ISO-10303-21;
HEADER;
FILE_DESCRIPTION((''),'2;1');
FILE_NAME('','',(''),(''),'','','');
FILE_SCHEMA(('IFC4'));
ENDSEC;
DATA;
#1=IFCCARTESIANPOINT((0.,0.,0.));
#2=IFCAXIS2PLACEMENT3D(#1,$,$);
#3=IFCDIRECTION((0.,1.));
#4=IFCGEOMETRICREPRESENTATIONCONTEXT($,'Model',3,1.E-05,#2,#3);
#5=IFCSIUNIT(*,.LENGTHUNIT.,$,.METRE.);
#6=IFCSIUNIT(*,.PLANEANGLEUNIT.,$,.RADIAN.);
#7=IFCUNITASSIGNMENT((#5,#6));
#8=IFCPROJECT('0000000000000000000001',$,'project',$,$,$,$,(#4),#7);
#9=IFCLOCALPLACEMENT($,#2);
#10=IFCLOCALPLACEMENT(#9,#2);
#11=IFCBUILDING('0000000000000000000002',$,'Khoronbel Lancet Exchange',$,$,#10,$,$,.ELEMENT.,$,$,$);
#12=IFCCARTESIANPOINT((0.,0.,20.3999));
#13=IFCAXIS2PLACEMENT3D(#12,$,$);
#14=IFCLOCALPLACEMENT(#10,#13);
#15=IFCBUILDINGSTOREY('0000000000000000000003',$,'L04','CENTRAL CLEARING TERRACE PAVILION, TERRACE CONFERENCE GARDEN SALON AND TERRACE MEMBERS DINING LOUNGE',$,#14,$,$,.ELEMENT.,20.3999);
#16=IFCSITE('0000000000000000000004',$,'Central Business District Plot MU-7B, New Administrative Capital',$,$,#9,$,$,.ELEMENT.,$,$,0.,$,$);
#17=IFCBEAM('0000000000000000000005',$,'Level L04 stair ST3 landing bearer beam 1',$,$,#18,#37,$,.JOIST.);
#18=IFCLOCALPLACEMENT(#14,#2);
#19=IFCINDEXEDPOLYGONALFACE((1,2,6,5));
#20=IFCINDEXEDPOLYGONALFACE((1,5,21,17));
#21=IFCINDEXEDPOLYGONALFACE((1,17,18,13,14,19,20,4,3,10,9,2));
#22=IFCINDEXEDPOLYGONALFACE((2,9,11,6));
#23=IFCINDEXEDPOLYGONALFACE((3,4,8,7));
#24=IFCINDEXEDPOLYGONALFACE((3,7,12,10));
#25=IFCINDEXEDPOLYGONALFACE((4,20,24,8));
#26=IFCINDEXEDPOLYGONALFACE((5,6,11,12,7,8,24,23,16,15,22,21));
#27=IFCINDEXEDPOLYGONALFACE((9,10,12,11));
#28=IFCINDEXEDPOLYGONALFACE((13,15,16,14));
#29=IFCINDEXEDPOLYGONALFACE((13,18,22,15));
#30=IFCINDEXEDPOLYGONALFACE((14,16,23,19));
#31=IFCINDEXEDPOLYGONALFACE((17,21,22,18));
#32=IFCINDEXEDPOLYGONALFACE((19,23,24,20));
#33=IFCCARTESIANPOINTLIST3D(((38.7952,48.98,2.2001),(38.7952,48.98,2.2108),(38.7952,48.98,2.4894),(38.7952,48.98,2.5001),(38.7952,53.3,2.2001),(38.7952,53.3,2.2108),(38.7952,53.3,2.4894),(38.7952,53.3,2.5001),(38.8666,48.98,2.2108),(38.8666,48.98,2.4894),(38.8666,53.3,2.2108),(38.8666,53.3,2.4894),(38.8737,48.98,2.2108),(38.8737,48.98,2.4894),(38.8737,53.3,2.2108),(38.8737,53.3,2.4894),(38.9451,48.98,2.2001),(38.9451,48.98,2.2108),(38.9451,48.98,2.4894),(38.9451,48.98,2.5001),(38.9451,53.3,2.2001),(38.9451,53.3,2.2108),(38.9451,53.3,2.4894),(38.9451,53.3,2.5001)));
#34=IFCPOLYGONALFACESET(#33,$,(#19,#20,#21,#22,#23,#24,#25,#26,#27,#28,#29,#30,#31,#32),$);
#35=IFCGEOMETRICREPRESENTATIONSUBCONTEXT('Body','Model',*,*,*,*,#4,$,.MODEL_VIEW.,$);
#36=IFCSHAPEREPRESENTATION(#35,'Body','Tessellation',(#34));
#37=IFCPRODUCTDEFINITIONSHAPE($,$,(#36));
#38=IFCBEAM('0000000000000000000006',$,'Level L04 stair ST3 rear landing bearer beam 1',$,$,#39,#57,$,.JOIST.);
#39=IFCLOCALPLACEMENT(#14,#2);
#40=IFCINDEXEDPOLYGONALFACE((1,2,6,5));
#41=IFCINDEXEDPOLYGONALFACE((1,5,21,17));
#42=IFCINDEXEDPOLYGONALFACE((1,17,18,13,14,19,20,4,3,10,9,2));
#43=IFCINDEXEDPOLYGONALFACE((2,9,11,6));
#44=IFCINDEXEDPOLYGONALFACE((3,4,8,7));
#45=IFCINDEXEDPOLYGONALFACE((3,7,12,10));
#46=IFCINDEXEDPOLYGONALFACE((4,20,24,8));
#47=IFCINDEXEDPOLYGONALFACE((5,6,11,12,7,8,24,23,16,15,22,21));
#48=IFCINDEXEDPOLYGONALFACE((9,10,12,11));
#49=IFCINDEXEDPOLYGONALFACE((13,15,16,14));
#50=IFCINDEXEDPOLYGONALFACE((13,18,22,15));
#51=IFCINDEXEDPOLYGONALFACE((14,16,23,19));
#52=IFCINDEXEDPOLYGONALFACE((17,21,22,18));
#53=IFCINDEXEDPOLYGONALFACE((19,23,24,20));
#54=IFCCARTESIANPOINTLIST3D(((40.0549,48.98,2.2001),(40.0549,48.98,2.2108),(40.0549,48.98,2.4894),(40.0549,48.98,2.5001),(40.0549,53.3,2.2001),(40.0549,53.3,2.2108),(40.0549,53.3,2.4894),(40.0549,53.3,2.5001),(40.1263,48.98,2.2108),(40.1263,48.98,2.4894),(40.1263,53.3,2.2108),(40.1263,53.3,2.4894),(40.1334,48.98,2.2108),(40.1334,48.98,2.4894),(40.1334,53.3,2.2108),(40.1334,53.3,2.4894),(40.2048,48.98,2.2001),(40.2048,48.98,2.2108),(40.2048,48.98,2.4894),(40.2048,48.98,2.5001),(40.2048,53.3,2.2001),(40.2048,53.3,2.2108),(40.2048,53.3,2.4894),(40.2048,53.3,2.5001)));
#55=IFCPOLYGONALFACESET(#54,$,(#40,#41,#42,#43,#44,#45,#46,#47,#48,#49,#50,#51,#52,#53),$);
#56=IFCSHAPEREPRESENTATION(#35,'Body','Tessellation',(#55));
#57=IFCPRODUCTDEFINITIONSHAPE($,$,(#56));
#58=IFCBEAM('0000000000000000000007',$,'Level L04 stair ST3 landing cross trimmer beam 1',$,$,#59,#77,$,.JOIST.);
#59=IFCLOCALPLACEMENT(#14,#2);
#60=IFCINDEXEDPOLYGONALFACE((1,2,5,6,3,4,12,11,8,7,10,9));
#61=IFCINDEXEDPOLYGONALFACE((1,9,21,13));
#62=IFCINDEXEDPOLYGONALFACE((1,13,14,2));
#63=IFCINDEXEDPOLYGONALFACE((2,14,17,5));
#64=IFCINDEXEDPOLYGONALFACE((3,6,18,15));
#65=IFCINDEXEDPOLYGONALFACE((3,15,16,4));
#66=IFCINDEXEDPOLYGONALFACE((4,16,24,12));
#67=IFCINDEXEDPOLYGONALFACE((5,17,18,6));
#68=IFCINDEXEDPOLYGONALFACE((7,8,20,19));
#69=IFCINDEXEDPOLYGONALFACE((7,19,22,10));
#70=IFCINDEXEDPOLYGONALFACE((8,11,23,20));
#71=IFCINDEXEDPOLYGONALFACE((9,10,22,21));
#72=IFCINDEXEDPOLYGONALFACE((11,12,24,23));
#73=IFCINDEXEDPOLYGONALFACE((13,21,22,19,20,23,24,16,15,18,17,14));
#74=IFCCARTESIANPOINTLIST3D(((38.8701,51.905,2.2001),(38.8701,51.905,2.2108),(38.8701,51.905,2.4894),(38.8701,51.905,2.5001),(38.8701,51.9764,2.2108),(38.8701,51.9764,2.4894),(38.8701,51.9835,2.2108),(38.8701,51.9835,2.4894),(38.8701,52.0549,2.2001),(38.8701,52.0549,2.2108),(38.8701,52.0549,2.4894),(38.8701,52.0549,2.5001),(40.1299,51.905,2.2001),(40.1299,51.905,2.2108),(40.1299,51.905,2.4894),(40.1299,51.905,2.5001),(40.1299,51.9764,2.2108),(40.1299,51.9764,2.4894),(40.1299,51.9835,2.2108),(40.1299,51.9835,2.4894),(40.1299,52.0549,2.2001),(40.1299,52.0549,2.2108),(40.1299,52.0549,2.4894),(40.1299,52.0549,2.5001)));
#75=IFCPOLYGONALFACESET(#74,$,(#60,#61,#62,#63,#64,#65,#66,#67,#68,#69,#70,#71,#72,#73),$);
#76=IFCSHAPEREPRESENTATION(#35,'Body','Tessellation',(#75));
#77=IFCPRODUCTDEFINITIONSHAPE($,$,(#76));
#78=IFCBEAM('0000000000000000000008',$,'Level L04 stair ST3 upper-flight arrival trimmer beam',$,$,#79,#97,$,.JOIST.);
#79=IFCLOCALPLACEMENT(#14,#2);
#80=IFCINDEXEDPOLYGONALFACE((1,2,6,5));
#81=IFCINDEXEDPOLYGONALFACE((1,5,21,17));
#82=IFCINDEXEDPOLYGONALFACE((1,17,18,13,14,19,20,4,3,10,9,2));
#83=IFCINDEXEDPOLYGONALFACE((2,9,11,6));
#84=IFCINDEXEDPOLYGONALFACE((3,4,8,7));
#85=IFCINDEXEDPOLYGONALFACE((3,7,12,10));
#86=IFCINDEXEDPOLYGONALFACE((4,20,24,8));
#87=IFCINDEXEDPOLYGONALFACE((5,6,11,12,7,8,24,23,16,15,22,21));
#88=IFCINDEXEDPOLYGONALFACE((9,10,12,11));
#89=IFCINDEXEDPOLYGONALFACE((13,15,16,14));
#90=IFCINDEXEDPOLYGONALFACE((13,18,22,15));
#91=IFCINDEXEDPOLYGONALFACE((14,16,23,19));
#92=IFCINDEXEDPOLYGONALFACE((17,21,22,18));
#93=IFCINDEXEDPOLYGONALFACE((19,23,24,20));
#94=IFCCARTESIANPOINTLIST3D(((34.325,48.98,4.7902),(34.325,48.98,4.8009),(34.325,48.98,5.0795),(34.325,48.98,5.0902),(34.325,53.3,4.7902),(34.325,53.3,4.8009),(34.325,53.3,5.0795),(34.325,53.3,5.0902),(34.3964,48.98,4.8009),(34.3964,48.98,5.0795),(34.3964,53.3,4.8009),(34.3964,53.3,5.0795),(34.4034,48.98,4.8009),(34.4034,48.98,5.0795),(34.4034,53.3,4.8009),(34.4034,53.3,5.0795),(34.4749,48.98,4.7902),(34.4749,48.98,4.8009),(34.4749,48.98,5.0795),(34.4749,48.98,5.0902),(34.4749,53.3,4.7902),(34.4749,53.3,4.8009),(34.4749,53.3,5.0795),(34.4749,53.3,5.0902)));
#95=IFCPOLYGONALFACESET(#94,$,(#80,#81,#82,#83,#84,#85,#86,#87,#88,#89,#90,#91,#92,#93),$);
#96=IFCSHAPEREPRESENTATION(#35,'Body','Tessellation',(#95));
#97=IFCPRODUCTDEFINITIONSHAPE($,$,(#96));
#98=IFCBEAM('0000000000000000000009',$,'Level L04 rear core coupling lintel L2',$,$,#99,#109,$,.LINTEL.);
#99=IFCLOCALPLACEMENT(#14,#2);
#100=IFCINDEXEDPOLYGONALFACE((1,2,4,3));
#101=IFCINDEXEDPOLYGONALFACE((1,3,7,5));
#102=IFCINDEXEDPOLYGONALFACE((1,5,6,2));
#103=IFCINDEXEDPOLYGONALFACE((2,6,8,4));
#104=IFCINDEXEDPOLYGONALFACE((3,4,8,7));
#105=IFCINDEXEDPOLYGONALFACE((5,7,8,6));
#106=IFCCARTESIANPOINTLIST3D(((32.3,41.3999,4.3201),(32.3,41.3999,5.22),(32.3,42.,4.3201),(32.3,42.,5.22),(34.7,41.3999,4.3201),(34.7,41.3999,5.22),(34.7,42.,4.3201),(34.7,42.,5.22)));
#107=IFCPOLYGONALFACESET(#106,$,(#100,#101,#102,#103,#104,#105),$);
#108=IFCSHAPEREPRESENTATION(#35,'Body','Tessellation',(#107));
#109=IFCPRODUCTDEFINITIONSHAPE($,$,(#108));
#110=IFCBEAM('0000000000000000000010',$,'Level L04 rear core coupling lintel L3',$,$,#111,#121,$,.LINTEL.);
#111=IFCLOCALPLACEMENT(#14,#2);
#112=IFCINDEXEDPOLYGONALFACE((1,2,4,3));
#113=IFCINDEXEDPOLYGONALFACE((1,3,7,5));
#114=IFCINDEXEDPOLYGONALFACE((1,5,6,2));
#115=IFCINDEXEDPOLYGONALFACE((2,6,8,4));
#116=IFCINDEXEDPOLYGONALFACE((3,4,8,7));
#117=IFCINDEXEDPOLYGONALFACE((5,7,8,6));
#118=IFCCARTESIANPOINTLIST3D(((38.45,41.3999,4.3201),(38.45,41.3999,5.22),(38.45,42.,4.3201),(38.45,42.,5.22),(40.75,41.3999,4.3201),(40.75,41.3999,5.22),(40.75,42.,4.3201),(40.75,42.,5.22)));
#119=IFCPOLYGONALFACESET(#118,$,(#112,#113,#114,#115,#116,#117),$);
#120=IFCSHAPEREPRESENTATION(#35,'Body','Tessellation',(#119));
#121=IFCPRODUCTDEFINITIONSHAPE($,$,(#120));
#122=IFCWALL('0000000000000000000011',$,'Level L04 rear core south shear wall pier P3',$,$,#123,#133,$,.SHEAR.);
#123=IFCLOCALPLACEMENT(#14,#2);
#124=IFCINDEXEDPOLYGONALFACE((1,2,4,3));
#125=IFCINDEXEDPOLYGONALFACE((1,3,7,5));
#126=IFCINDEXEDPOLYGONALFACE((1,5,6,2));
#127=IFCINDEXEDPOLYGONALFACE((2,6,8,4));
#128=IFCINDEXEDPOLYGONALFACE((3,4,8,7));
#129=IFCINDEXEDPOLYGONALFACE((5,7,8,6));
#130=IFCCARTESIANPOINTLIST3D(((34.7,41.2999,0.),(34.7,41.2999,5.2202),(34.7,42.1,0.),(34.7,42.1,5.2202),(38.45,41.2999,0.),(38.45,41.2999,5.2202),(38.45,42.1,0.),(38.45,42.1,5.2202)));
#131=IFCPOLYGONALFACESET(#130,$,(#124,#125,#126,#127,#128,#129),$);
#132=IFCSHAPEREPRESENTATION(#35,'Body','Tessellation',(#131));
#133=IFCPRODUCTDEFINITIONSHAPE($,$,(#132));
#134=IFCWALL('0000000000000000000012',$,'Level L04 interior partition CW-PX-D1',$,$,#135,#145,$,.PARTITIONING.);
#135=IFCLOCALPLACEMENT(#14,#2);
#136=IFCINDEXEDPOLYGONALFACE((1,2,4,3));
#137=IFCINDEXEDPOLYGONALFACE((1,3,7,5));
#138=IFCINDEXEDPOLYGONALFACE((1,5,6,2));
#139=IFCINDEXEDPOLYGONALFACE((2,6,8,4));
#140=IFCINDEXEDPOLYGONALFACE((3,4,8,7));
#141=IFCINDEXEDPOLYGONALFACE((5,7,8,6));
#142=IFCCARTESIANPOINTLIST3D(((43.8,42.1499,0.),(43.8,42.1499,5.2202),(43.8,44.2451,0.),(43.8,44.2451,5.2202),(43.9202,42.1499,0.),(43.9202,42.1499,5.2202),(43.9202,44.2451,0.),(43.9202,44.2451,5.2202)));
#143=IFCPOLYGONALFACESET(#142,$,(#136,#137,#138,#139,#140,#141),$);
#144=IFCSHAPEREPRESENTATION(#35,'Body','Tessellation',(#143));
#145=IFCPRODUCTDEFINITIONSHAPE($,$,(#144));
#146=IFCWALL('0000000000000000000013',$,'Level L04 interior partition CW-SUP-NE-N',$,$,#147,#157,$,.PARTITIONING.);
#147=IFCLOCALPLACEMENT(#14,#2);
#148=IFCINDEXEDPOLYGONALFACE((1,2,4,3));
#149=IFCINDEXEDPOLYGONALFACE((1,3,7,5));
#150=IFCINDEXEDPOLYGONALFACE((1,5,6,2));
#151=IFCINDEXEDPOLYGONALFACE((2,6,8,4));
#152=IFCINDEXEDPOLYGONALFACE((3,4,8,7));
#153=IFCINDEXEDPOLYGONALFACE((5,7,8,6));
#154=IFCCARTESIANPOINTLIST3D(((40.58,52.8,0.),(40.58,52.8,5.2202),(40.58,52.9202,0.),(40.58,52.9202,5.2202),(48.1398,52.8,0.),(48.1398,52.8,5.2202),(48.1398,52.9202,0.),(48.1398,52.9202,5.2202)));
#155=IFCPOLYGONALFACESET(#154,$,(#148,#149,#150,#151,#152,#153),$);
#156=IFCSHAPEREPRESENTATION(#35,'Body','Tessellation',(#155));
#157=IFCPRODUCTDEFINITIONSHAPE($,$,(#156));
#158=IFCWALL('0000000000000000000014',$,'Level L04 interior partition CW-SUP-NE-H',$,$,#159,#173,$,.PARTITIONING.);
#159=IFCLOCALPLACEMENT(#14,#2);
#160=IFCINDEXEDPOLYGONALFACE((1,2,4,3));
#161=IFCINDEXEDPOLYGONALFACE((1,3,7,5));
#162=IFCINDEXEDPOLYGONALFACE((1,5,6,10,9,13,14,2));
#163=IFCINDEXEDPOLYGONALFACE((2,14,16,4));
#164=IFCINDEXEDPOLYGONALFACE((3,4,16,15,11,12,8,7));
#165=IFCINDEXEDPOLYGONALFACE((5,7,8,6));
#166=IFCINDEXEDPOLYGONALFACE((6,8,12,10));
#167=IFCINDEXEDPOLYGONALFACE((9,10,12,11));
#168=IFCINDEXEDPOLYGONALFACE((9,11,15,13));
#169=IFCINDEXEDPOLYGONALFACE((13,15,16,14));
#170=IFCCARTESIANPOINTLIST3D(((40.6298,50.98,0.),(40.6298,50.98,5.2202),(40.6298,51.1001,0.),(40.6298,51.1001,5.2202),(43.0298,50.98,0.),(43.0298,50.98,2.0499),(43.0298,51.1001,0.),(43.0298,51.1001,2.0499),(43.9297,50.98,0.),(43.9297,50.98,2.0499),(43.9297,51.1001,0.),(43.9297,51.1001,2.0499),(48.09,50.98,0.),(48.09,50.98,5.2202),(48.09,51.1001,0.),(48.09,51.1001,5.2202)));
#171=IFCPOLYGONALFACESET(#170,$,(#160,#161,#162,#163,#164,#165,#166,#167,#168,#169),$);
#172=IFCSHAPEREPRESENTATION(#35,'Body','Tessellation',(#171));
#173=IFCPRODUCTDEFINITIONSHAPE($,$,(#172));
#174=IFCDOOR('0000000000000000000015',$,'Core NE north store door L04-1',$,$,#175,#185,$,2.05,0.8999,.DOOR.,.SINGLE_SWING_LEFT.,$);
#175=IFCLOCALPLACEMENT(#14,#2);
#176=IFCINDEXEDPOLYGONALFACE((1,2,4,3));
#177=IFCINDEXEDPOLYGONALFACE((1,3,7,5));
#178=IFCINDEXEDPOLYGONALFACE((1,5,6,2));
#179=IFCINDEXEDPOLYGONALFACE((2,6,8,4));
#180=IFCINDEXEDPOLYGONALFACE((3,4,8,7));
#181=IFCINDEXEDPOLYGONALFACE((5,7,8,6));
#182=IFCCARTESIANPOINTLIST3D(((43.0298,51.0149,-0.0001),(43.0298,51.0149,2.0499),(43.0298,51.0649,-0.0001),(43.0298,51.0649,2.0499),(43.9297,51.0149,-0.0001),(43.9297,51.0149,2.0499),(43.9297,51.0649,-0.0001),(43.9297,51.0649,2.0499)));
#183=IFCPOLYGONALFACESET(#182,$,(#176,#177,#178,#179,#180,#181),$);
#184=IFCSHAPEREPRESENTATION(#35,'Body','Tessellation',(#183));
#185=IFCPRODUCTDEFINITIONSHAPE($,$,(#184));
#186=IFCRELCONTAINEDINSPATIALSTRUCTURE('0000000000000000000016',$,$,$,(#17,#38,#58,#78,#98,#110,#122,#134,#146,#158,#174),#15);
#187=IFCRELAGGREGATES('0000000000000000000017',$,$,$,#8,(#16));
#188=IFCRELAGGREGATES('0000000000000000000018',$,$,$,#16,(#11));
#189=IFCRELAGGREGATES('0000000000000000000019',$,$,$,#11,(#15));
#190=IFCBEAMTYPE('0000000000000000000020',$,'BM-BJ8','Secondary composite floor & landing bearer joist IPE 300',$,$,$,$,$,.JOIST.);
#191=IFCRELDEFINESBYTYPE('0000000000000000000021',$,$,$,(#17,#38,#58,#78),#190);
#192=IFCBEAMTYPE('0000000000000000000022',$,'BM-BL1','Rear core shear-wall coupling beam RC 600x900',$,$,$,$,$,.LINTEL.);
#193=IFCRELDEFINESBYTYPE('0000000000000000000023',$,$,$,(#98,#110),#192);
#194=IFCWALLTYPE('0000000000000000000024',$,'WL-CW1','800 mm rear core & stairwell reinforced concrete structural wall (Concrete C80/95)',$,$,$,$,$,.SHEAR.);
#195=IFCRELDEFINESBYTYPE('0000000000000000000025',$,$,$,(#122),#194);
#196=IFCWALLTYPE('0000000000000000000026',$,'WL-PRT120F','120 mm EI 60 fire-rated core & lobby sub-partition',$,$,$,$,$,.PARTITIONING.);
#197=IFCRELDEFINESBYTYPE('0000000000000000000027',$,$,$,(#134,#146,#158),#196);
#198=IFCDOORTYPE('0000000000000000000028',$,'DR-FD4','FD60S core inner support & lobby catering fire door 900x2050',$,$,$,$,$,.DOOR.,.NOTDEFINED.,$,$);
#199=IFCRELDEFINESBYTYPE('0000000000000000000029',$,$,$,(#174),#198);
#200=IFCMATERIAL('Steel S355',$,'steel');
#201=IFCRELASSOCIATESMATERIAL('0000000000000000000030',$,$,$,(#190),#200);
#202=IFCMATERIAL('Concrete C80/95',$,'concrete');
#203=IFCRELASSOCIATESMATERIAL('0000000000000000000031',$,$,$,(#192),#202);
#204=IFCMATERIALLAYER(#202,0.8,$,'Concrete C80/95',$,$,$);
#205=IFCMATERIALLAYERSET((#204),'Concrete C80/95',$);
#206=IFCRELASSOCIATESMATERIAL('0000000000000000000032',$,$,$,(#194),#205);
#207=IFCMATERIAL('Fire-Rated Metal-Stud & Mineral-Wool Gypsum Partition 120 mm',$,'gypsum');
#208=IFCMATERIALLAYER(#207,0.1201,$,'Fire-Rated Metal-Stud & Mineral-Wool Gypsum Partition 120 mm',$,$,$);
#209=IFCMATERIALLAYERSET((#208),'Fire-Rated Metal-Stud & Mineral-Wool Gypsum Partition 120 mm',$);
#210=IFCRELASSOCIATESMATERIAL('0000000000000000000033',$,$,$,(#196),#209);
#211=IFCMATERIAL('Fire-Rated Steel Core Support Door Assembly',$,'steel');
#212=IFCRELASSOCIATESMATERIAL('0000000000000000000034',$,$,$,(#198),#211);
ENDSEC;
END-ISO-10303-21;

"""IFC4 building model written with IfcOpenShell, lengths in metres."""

from ifc_helpers import new_model, si_unit, direction, frame, frame_2d, origin, origin_2d, place, context, subcontext, project, spatial, rectangle, i_section, extrude, material, layer, layer_set, material_profile, profile_set, type_object, element, fill, save


model = new_model("IFC4")

# Units and contexts
model_context = context("Model", 3, precision=1e-05, world=origin(), true_north=direction((0.0, 1.0)))
body_context = subcontext(model_context, "Body", "Model", "MODEL_VIEW")
ifc_project = project(units=[si_unit("LENGTHUNIT", "METRE"), si_unit("PLANEANGLEUNIT", "RADIAN")], contexts=[model_context])

# Site, building, storey
site_placement = place(None, origin())
site = spatial("IfcSite", under=ifc_project, at=site_placement, Name="Central Business District Plot MU-7B, New Administrative Capital", CompositionType="ELEMENT", RefElevation=0.0)
building_placement = place(site_placement, origin())
building = spatial("IfcBuilding", under=site, at=building_placement, Name="Khoronbel Lancet Exchange", CompositionType="ELEMENT")
storey_placement = place(building_placement, frame((0.0, 0.0, 20.3999)))
storey = spatial("IfcBuildingStorey", under=building, at=storey_placement, Name="L04", Description="CENTRAL CLEARING TERRACE PAVILION, TERRACE CONFERENCE GARDEN SALON AND TERRACE MEMBERS DINING LOUNGE", CompositionType="ELEMENT", Elevation=20.3999)

# Beams
ifc_material_1 = material(Name="Steel S355", Category="steel")
ifc_material_profile_1 = material_profile(ifc_material_1, i_section(OverallWidth=0.1499, OverallDepth=0.3, WebThickness=0.0071, FlangeThickness=0.0107, at=origin_2d()), Name="IPE 300")
ifc_profile_set_1 = profile_set([ifc_material_profile_1], Name="Steel S355")
beam_type_1 = type_object("IfcBeamType", Name="BM-BJ8", Description="Secondary composite floor & landing bearer joist IPE 300", PredefinedType="JOIST", material=ifc_profile_set_1)
for number, where, z_axis, x_axis, name in (
    (1, (38.8701, 48.98, 2.3501), (0.0, 1.0, 0.0), (-1.0, 0.0, 0.0), "Level L04 stair ST3 landing bearer beam 1"),
    (2, (40.1299, 48.98, 2.3501), (0.0, 1.0, 0.0), (-1.0, 0.0, 0.0), "Level L04 stair ST3 rear landing bearer beam 1"),
):
    element("IfcBeam", number, at=place(storey_placement, frame(where, z_axis=z_axis, x_axis=x_axis)), inside=storey, type_object=beam_type_1, Name=name, PredefinedType="JOIST", context=body_context, shape_type="SweptSolid", body=[
        extrude(i_section(OverallWidth=0.1499, OverallDepth=0.3, WebThickness=0.0071, FlangeThickness=0.0107, at=origin_2d()), origin(), (0.0, 0.0, 1.0), 4.3201),
    ])
beam_1_placement = place(storey_placement, frame((38.8701, 51.98, 2.3501), z_axis=(1.0, 0.0, 0.0), x_axis=(0.0, 1.0, 0.0)))
element("IfcBeam", 3, at=beam_1_placement, inside=storey, type_object=beam_type_1, Name="Level L04 stair ST3 landing cross trimmer beam 1", PredefinedType="JOIST", context=body_context, shape_type="SweptSolid", body=[
    extrude(i_section(OverallWidth=0.1499, OverallDepth=0.3, WebThickness=0.0071, FlangeThickness=0.0107, at=origin_2d()), origin(), (0.0, 0.0, 1.0), 1.2598),
])
beam_2_placement = place(storey_placement, frame((34.3999, 48.98, 4.9402), z_axis=(0.0, 1.0, 0.0), x_axis=(-1.0, 0.0, 0.0)))
element("IfcBeam", 4, at=beam_2_placement, inside=storey, type_object=beam_type_1, Name="Level L04 stair ST3 upper-flight arrival trimmer beam", PredefinedType="JOIST", context=body_context, shape_type="SweptSolid", body=[
    extrude(i_section(OverallWidth=0.1499, OverallDepth=0.3, WebThickness=0.0071, FlangeThickness=0.0107, at=origin_2d()), origin(), (0.0, 0.0, 1.0), 4.3201),
])
ifc_material_2 = material(Name="Concrete C80/95", Category="concrete")
ifc_material_profile_2 = material_profile(ifc_material_2, rectangle(XDim=0.6001, YDim=0.8999, at=origin_2d()), Name="RC 600x900")
ifc_profile_set_2 = profile_set([ifc_material_profile_2], Name="Concrete C80/95")
beam_type_2 = type_object("IfcBeamType", Name="BM-BL1", Description="Rear core shear-wall coupling beam RC 600x900", PredefinedType="LINTEL", material=ifc_profile_set_2)
beam_3_placement = place(storey_placement, frame((32.3, 41.7, 4.77), z_axis=(1.0, 0.0, 0.0), x_axis=(0.0, 1.0, 0.0)))
element("IfcBeam", 5, at=beam_3_placement, inside=storey, type_object=beam_type_2, Name="Level L04 rear core coupling lintel L2", PredefinedType="LINTEL", context=body_context, shape_type="SweptSolid", body=[
    extrude(rectangle(XDim=0.6001, YDim=0.8999, at=origin_2d()), origin(), (0.0, 0.0, 1.0), 2.3999),
])
beam_4_placement = place(storey_placement, frame((38.45, 41.7, 4.77), z_axis=(1.0, 0.0, 0.0), x_axis=(0.0, 1.0, 0.0)))
element("IfcBeam", 6, at=beam_4_placement, inside=storey, type_object=beam_type_2, Name="Level L04 rear core coupling lintel L3", PredefinedType="LINTEL", context=body_context, shape_type="SweptSolid", body=[
    extrude(rectangle(XDim=0.6001, YDim=0.8999, at=origin_2d()), origin(), (0.0, 0.0, 1.0), 2.3),
])

# Walls
ifc_layer_1 = layer(ifc_material_2, 0.8, Name="Concrete C80/95")
ifc_layer_set_1 = layer_set([ifc_layer_1], Name="Concrete C80/95")
wall_type_1 = type_object("IfcWallType", Name="WL-CW1", Description="800 mm rear core & stairwell reinforced concrete structural wall (Concrete C80/95)", PredefinedType="SHEAR", material=ifc_layer_set_1)
wall_1_placement = place(storey_placement, frame((38.45, 41.7, 0.0), z_axis=(0.0, 0.0, 1.0), x_axis=(-1.0, 0.0, 0.0)))
element("IfcWall", 7, at=wall_1_placement, inside=storey, type_object=wall_type_1, Name="Level L04 rear core south shear wall pier P3", PredefinedType="SHEAR", context=body_context, shape_type="SweptSolid", body=[
    extrude(rectangle(XDim=3.75, YDim=0.8, at=frame_2d((1.875, 0.0))), origin(), (0.0, 0.0, 1.0), 5.2202),
])
ifc_material_3 = material(Name="Fire-Rated Metal-Stud & Mineral-Wool Gypsum Partition 120 mm", Category="gypsum")
ifc_layer_2 = layer(ifc_material_3, 0.1201, Name="Fire-Rated Metal-Stud & Mineral-Wool Gypsum Partition 120 mm")
ifc_layer_set_2 = layer_set([ifc_layer_2], Name="Fire-Rated Metal-Stud & Mineral-Wool Gypsum Partition 120 mm")
wall_type_2 = type_object("IfcWallType", Name="WL-PRT120F", Description="120 mm EI 60 fire-rated core & lobby sub-partition", PredefinedType="PARTITIONING", material=ifc_layer_set_2)
wall_2_placement = place(storey_placement, frame((43.8601, 42.1499, 0.0), z_axis=(0.0, 0.0, 1.0), x_axis=(0.0, 1.0, 0.0)))
element("IfcWall", 8, at=wall_2_placement, inside=storey, type_object=wall_type_2, Name="Level L04 interior partition CW-PX-D1", PredefinedType="PARTITIONING", context=body_context, shape_type="SweptSolid", body=[
    extrude(rectangle(XDim=2.0952, YDim=0.1201, at=frame_2d((1.0476, 0.0))), origin(), (0.0, 0.0, 1.0), 5.2202),
])
wall_3_placement = place(storey_placement, frame((40.5801, 52.8601, 0.0), z_axis=(0.0, 0.0, 1.0), x_axis=(1.0, 0.0, 0.0)))
element("IfcWall", 9, at=wall_3_placement, inside=storey, type_object=wall_type_2, Name="Level L04 interior partition CW-SUP-NE-N", PredefinedType="PARTITIONING", context=body_context, shape_type="SweptSolid", body=[
    extrude(rectangle(XDim=7.5598, YDim=0.1201, at=frame_2d((3.7798, 0.0))), origin(), (0.0, 0.0, 1.0), 5.2202),
])

# Wall, opening, door
wall_4_placement = place(storey_placement, frame((40.6299, 51.04, 0.0), z_axis=(0.0, 0.0, 1.0), x_axis=(1.0, 0.0, 0.0)))
wall_4 = element("IfcWall", 10, at=wall_4_placement, inside=storey, type_object=wall_type_2, Name="Level L04 interior partition CW-SUP-NE-H", PredefinedType="PARTITIONING", context=body_context, shape_type="SweptSolid", body=[
    extrude(rectangle(XDim=7.4602, YDim=0.1201, at=frame_2d((3.73, 0.0))), origin(), (0.0, 0.0, 1.0), 5.2202),
])
opening_1_placement = place(wall_4_placement, frame((2.3999, 0.0, 0.0)))
opening_1 = element("IfcOpeningElement", 11, at=opening_1_placement, cuts=wall_4, PredefinedType="OPENING", context=body_context, shape_type="SweptSolid", body=[
    extrude(rectangle(XDim=0.8999, YDim=2.05, at=frame_2d((0.45, 1.0249))), frame((0.0, 0.0701, 0.0), z_axis=(0.0, -1.0, 0.0), x_axis=(1.0, 0.0, 0.0)), (0.0, 0.0, 1.0), 0.1401),
])
ifc_material_4 = material(Name="Fire-Rated Steel Core Support Door Assembly", Category="steel")
door_type_1 = type_object("IfcDoorType", Name="DR-FD4", Description="FD60S core inner support & lobby catering fire door 900x2050", OperationType="NOTDEFINED", PredefinedType="DOOR", material=ifc_material_4)
door_1_placement = place(opening_1_placement, origin())
door_1 = element("IfcDoor", 12, at=door_1_placement, inside=storey, type_object=door_type_1, Name="Core NE north store door L04-1", OperationType="SINGLE_SWING_LEFT", OverallHeight=2.05, OverallWidth=0.8999, PredefinedType="DOOR", context=body_context, shape_type="SweptSolid", body=[
    extrude(rectangle(XDim=0.8999, YDim=2.05, at=frame_2d((0.45, 1.0249))), frame((0.0, 0.0249, 0.0), z_axis=(0.0, -1.0, 0.0), x_axis=(1.0, 0.0, 0.0)), (0.0, 0.0, 1.0), 0.05),
])
fill(opening_1, door_1)

save(model, "model.ifc")
